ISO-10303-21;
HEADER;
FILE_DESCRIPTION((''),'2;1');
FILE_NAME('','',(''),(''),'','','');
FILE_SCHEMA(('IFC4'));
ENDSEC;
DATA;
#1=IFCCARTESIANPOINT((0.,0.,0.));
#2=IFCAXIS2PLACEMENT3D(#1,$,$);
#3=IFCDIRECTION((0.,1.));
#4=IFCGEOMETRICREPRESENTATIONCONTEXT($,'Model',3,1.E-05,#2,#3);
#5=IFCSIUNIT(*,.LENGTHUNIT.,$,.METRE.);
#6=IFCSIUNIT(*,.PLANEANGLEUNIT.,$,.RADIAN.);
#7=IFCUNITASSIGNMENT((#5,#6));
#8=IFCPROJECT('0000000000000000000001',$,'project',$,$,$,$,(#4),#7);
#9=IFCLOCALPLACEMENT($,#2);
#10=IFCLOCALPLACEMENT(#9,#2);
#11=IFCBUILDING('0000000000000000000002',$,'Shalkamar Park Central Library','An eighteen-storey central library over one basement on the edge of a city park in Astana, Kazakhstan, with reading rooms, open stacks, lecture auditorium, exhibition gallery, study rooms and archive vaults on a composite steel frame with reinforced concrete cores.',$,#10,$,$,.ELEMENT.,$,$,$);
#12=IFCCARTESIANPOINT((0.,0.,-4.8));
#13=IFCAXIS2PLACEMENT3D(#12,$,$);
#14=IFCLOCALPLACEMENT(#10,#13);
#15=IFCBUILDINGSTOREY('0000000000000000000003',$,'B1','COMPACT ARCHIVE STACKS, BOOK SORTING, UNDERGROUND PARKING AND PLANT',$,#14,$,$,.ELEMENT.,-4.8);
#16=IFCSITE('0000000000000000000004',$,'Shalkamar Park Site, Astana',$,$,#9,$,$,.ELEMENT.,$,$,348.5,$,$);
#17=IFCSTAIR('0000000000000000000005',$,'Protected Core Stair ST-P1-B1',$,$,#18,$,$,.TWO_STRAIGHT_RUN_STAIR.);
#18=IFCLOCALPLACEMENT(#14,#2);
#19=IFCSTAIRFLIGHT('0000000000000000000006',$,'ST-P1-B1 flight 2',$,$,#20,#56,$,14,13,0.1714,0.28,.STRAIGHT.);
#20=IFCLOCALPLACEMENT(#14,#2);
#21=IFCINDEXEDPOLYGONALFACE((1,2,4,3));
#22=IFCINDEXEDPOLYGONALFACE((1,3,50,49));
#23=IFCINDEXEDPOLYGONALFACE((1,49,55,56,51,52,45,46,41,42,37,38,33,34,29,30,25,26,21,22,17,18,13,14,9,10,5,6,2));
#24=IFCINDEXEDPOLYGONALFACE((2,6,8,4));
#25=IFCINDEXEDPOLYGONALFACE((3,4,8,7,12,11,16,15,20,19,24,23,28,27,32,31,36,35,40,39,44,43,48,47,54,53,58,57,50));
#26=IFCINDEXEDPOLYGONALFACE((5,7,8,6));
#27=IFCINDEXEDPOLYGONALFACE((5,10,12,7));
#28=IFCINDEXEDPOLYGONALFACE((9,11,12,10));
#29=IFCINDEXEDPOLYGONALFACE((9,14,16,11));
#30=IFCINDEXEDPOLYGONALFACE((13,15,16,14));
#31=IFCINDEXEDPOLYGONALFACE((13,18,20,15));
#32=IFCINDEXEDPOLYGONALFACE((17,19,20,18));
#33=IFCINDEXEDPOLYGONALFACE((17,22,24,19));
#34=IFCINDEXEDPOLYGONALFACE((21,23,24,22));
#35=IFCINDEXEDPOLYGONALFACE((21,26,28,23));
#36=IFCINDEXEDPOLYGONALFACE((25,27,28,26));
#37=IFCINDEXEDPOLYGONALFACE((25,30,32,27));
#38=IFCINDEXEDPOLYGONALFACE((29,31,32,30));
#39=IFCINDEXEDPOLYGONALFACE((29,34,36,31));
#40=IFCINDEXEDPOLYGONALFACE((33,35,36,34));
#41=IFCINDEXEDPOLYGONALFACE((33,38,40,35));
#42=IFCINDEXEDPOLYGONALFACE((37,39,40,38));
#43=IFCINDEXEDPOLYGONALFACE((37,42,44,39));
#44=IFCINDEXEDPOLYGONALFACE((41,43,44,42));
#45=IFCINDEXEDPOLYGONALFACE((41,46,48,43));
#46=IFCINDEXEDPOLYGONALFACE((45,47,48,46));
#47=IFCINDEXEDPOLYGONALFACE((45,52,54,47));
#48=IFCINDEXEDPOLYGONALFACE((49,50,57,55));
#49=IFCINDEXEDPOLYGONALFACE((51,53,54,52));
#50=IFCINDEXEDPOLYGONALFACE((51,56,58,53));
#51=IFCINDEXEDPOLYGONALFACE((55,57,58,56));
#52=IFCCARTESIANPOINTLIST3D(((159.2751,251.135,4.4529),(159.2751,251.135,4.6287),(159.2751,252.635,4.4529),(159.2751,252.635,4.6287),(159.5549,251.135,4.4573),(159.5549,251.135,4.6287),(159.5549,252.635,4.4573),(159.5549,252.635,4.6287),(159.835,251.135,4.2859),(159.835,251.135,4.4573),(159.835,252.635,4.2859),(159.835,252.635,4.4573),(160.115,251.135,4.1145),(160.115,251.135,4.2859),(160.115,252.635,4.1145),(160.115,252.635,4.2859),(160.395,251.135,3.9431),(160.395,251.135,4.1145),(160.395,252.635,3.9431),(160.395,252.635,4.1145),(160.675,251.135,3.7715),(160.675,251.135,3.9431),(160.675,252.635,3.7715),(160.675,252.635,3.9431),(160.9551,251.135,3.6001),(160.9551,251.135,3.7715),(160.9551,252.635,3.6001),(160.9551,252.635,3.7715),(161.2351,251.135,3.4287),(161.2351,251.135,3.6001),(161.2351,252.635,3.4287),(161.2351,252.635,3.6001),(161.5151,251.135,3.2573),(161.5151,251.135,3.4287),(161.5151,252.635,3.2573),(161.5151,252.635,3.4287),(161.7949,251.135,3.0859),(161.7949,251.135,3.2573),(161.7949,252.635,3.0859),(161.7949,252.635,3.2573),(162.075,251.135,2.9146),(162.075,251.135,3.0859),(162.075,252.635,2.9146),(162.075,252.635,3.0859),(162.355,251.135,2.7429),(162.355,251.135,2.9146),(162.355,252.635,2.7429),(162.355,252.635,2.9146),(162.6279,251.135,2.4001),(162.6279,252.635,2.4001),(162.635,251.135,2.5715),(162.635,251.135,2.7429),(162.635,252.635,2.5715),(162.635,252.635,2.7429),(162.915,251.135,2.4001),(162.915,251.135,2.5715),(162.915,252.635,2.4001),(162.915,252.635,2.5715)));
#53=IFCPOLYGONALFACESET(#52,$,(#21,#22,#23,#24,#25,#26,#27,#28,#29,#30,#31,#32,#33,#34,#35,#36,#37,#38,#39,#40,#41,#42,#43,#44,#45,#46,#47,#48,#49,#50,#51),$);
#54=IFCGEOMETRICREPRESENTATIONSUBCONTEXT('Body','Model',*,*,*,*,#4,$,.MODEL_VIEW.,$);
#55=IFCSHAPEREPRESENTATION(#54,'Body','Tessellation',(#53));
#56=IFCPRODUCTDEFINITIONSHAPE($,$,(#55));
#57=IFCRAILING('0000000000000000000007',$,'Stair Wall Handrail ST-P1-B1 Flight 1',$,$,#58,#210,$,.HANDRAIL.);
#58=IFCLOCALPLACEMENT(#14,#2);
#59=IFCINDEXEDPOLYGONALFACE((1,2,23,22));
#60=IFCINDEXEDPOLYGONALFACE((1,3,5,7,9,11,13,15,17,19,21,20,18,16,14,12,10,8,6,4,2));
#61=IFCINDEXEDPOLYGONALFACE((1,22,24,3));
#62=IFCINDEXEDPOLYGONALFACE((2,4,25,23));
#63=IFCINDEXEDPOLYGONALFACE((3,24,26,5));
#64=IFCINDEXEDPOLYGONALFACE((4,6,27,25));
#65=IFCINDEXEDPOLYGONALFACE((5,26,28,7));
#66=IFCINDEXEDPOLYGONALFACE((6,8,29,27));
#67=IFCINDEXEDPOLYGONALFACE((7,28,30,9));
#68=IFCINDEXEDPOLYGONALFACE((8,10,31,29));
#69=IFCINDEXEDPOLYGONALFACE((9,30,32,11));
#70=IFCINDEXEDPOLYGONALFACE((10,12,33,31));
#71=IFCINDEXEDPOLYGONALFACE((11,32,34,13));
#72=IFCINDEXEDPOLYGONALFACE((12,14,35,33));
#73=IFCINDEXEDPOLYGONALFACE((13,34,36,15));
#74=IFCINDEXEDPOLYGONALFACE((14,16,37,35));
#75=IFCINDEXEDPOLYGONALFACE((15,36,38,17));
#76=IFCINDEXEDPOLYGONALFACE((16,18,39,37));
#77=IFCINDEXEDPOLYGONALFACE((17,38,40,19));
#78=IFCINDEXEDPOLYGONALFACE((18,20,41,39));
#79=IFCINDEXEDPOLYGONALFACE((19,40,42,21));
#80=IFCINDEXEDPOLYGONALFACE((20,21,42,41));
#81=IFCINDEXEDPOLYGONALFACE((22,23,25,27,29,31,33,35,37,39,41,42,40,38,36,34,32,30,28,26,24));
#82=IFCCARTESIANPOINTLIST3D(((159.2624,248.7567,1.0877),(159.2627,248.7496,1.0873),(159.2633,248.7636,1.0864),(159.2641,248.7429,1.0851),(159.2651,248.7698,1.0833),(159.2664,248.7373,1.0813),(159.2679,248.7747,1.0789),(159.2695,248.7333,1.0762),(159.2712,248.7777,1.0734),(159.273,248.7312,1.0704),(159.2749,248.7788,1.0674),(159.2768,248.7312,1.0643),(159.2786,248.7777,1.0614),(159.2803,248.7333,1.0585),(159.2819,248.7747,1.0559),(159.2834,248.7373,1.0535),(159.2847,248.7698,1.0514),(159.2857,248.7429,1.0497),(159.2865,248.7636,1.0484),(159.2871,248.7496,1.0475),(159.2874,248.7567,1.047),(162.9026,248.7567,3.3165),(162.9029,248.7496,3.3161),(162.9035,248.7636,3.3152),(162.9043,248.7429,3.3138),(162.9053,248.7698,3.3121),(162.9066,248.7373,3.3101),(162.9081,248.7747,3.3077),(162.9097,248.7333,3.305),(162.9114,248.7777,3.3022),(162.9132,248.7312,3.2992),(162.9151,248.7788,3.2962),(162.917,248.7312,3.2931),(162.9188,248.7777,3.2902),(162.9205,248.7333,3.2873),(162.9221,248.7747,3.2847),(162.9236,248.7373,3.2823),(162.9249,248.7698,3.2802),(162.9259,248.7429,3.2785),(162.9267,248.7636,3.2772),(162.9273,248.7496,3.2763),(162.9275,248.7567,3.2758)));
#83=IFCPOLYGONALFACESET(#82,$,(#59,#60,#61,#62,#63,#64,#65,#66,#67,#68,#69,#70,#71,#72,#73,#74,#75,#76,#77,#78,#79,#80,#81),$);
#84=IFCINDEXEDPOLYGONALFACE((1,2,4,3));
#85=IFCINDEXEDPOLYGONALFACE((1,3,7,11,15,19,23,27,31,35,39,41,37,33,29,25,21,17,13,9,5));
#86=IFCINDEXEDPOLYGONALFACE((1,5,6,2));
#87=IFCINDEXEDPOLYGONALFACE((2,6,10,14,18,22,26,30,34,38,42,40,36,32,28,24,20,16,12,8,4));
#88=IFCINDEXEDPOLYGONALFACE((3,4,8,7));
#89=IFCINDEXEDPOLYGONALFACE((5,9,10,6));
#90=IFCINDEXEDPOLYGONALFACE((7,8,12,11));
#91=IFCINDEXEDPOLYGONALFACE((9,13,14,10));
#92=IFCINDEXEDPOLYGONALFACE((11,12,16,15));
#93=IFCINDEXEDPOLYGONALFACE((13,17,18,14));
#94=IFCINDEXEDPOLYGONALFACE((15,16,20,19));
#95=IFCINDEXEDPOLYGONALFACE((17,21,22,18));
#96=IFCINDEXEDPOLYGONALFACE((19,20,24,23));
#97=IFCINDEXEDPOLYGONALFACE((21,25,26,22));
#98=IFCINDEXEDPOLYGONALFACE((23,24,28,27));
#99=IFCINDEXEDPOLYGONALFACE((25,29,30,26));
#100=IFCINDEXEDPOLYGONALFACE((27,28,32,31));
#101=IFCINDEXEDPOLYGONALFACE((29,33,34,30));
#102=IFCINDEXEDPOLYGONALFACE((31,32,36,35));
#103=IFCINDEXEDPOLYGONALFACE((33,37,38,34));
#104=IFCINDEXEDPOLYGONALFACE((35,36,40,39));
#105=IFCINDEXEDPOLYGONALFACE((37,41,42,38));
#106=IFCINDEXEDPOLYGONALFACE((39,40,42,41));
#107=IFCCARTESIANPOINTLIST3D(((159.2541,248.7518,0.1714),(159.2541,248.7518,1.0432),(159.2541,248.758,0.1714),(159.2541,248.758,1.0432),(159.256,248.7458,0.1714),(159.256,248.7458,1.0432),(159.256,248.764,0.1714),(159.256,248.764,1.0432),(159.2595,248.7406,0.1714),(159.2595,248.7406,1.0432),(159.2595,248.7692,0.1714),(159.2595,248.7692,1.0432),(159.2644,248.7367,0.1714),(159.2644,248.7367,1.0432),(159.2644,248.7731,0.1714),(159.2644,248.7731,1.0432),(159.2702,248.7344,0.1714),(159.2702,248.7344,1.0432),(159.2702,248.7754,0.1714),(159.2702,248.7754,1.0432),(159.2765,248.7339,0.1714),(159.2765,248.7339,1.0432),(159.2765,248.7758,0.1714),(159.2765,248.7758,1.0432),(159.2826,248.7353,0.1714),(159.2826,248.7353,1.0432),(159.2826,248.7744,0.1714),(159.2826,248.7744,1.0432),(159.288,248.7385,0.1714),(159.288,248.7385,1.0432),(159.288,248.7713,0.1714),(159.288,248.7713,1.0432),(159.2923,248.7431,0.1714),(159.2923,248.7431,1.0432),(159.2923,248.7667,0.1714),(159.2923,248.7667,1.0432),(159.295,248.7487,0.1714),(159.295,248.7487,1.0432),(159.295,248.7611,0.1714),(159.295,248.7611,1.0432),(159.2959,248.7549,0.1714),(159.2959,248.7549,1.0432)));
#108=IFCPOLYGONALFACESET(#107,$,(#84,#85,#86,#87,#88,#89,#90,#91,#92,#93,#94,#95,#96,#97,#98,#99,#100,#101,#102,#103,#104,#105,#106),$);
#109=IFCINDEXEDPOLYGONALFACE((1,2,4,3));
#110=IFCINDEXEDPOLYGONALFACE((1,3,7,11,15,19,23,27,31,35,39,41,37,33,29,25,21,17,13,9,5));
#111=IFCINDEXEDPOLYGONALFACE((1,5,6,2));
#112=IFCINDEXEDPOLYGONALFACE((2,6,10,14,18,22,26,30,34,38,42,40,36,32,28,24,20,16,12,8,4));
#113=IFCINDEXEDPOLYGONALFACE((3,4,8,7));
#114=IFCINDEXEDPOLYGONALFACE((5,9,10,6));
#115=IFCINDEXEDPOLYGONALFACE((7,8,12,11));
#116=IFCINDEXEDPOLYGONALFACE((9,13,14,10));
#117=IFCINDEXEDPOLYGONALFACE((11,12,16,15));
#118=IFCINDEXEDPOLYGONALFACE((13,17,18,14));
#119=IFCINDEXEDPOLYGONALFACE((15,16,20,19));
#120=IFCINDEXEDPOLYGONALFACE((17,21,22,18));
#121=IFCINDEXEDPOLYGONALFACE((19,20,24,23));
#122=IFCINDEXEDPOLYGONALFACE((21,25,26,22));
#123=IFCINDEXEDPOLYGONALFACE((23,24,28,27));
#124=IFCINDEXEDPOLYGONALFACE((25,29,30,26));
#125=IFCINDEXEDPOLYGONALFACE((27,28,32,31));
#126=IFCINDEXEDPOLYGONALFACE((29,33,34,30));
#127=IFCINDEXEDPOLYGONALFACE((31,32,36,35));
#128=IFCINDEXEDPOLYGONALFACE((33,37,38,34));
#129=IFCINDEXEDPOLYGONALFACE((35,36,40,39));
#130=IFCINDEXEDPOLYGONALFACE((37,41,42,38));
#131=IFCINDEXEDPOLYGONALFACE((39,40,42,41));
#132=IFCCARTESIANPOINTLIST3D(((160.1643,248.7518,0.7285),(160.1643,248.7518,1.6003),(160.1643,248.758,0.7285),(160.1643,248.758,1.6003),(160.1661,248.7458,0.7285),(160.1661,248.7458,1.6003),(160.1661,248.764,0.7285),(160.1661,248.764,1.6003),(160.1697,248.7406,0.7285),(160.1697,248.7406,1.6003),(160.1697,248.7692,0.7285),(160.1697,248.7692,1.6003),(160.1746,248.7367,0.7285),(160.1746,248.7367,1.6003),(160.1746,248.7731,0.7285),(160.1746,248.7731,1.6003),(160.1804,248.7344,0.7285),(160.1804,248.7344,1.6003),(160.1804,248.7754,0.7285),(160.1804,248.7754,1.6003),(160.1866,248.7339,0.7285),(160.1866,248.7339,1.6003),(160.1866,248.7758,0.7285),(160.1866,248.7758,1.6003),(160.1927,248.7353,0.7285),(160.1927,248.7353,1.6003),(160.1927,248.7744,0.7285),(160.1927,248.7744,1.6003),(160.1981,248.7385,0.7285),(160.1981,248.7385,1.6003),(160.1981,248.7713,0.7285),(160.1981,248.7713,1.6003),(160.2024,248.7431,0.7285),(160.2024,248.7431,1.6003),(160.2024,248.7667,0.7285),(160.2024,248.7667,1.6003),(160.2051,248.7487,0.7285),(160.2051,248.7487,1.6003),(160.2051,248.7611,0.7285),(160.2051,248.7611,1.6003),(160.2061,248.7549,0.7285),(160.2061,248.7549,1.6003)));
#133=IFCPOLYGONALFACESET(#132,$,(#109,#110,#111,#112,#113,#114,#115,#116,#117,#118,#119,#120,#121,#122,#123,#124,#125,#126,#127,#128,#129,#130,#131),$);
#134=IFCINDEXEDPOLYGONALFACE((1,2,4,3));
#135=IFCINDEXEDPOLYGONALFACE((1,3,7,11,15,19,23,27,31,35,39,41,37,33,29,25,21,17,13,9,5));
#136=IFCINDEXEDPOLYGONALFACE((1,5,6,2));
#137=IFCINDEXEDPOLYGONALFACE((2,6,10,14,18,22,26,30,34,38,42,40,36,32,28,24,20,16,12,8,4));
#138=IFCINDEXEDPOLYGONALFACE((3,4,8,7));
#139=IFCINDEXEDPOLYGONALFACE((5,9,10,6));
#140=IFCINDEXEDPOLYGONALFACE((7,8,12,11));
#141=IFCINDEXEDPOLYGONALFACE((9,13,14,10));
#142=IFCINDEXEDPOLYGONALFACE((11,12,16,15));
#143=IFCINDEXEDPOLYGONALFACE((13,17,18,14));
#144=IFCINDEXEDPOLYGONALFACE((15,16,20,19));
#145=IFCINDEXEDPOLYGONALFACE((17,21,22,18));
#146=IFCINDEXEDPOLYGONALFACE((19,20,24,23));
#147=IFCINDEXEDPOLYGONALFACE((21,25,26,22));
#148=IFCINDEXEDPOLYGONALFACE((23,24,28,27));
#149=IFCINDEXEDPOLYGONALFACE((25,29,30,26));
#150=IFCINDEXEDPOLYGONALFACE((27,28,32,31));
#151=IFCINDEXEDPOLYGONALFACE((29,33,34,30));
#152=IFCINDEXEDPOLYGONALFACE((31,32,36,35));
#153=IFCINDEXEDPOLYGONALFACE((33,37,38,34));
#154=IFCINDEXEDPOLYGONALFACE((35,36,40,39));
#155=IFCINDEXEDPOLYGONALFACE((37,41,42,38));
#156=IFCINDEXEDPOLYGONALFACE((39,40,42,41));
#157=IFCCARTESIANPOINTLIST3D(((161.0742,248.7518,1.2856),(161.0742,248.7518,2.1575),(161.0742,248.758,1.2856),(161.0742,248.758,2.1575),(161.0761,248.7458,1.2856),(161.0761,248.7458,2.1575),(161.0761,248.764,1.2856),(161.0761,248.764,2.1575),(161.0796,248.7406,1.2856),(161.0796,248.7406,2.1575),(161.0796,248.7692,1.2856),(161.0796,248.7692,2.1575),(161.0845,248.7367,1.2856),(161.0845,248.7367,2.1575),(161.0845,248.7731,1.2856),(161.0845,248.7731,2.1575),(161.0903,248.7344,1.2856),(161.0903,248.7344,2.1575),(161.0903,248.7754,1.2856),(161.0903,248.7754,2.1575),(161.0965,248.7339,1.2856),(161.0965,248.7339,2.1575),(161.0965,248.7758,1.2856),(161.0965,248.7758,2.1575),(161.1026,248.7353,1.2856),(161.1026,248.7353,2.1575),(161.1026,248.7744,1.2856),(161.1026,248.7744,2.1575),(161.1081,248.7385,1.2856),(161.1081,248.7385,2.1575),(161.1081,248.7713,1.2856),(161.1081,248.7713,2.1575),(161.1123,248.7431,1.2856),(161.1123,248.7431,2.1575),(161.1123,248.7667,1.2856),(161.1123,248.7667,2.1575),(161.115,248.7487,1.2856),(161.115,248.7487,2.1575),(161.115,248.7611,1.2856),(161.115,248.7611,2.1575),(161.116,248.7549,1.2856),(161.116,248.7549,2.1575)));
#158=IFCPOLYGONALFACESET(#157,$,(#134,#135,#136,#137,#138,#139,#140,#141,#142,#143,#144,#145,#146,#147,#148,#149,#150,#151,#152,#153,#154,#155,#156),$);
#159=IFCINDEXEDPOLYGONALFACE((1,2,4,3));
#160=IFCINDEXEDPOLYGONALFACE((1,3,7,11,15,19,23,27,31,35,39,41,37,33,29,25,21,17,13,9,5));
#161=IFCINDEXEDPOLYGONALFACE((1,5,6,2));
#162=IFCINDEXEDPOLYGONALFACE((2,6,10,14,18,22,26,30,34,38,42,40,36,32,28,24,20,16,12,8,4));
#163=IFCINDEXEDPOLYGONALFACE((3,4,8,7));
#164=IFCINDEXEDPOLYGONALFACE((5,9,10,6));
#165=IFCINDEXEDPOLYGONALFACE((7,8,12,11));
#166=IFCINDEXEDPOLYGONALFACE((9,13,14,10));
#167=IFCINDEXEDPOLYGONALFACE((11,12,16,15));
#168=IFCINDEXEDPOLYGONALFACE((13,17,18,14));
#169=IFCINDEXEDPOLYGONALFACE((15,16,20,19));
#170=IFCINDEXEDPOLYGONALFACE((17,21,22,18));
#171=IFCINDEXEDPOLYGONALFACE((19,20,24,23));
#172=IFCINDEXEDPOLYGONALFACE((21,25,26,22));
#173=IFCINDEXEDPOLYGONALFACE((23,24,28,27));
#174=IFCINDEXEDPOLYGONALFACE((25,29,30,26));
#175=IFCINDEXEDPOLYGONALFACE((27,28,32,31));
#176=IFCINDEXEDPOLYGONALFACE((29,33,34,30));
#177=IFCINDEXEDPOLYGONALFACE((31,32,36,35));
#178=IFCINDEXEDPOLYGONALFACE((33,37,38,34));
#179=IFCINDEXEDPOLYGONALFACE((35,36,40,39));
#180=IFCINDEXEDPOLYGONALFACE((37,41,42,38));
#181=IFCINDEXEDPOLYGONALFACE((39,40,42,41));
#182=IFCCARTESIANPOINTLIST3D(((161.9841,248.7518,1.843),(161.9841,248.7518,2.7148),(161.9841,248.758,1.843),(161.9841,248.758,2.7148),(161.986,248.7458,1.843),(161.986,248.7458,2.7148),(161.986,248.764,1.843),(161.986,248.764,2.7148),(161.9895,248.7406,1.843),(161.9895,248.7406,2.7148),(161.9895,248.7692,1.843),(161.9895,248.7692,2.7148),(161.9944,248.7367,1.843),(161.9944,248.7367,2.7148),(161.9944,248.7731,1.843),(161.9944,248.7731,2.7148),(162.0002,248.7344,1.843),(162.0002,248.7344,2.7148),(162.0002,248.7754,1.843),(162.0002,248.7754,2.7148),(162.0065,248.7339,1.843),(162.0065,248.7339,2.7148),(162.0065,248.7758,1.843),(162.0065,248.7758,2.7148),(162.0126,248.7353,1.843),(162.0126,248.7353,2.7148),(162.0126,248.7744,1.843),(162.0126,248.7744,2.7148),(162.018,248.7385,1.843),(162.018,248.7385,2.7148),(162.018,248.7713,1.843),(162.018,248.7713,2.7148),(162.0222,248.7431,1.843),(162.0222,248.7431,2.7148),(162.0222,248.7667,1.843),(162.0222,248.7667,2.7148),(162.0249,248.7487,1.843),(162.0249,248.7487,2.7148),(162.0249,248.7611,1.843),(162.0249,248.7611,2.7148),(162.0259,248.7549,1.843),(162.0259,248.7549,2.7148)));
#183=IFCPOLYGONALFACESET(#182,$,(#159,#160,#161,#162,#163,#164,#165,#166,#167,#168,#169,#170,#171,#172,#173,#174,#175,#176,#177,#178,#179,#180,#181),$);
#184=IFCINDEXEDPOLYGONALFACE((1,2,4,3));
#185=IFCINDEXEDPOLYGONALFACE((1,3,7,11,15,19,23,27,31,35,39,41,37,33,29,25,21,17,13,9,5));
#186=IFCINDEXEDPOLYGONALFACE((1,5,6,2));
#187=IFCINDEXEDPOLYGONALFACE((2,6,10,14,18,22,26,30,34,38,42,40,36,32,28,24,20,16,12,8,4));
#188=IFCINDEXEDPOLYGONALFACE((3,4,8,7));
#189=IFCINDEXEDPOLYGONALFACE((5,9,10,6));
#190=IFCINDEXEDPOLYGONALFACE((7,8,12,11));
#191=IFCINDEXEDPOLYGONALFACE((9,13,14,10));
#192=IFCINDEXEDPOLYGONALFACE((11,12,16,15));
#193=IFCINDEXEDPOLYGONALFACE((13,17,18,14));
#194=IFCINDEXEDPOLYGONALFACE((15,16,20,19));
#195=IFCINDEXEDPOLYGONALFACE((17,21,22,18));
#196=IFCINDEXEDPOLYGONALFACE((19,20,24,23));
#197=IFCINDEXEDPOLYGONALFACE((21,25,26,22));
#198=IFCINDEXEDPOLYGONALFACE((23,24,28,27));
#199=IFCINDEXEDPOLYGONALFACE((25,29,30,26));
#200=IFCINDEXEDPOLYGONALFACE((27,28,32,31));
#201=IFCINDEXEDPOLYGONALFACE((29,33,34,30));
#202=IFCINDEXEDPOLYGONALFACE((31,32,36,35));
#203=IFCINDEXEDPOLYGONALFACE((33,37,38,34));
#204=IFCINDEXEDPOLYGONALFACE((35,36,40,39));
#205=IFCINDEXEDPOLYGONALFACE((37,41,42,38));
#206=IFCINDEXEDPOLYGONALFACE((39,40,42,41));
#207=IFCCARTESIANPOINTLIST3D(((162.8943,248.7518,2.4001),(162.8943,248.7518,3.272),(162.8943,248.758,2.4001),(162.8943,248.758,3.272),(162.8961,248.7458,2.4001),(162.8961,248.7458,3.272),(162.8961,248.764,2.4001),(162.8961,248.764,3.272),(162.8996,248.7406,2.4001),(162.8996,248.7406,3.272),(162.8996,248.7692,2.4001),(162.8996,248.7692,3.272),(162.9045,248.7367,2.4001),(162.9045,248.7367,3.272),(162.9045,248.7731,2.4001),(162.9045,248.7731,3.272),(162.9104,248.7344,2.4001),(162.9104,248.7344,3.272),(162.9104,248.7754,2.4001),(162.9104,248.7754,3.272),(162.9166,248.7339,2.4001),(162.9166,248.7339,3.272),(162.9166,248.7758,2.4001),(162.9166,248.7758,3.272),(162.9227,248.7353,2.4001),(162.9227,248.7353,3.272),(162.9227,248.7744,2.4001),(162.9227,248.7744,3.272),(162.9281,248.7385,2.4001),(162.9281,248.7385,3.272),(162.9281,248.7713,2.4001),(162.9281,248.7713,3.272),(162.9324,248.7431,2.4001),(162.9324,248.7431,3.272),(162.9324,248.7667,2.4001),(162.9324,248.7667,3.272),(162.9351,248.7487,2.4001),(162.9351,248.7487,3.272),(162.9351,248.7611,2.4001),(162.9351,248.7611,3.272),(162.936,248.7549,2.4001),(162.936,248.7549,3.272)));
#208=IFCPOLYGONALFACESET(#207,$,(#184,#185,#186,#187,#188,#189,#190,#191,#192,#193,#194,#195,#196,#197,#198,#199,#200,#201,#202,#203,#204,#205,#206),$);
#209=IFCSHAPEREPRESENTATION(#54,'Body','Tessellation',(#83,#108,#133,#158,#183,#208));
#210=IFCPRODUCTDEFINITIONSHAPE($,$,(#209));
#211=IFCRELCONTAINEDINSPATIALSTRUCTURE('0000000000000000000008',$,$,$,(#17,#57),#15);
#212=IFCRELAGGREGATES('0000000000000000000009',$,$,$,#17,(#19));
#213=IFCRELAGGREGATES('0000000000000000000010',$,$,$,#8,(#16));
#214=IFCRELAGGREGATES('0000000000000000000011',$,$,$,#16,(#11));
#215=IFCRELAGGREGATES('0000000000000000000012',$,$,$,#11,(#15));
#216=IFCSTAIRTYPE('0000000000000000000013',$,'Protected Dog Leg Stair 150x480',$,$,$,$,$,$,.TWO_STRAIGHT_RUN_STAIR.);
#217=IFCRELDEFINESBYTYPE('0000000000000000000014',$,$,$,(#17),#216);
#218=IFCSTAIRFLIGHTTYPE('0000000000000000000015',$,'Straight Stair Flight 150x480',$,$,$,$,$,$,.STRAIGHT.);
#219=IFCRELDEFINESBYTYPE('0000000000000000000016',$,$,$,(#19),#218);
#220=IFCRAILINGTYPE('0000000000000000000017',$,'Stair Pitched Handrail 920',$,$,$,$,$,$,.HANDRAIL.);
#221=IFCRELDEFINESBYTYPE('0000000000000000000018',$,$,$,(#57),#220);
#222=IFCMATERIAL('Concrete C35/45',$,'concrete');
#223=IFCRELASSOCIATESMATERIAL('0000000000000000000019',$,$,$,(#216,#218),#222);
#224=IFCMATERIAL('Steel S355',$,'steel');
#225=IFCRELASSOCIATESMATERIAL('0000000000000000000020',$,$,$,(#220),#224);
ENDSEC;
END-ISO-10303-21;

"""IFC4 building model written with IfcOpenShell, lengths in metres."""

from ifc_helpers import new_model, si_unit, direction, frame, origin, origin_2d, place, context, subcontext, project, spatial, polyline, circle, outline, extrude, material, type_object, element, aggregate, save


model = new_model("IFC4")

# Units and contexts
model_context = context("Model", 3, precision=1e-05, world=origin(), true_north=direction((0.0, 1.0)))
body_context = subcontext(model_context, "Body", "Model", "MODEL_VIEW")
ifc_project = project(units=[si_unit("LENGTHUNIT", "METRE"), si_unit("PLANEANGLEUNIT", "RADIAN")], contexts=[model_context])

# Site, building, storey
site_placement = place(None, origin())
site = spatial("IfcSite", under=ifc_project, at=site_placement, Name="Shalkamar Park Site, Astana", CompositionType="ELEMENT", RefElevation=348.5)
building_placement = place(site_placement, origin())
building = spatial("IfcBuilding", under=site, at=building_placement, Name="Shalkamar Park Central Library", Description="An eighteen-storey central library over one basement on the edge of a city park in Astana, Kazakhstan, with reading rooms, open stacks, lecture auditorium, exhibition gallery, study rooms and archive vaults on a composite steel frame with reinforced concrete cores.", CompositionType="ELEMENT")
storey_placement = place(building_placement, frame((0.0, 0.0, -4.8)))
storey = spatial("IfcBuildingStorey", under=building, at=storey_placement, Name="B1", Description="COMPACT ARCHIVE STACKS, BOOK SORTING, UNDERGROUND PARKING AND PLANT", CompositionType="ELEMENT", Elevation=-4.8)

# Shared definitions
ifc_material_1 = material(Name="Concrete C35/45", Category="concrete")

# Shared definitions
ifc_material_2 = material(Name="Steel S355", Category="steel")

# Stair, stair flight
stair_type = type_object("IfcStairType", Name="Protected Dog Leg Stair 150x480", PredefinedType="TWO_STRAIGHT_RUN_STAIR", material=ifc_material_1)
stair_placement = place(storey_placement, origin())
stair = element("IfcStair", 1, at=stair_placement, inside=storey, type_object=stair_type, Name="Protected Core Stair ST-P1-B1", PredefinedType="TWO_STRAIGHT_RUN_STAIR")
stair_flight_type = type_object("IfcStairFlightType", Name="Straight Stair Flight 150x480", PredefinedType="STRAIGHT", material=ifc_material_1)
stair_flight_1_placement = place(storey_placement, frame((162.915, 251.885, 2.4001), z_axis=(0.0, 0.0, 1.0), x_axis=(-1.0, 0.0, 0.0)))
stair_flight_1 = element("IfcStairFlight", 2, at=stair_flight_1_placement, type_object=stair_flight_type, Name="ST-P1-B1 flight 2", NumberOfRisers=14, NumberOfTreads=13, PredefinedType="STRAIGHT", RiserHeight=0.1714, TreadLength=0.28, context=body_context, shape_type="SweptSolid", body=[
    extrude(outline(polyline([(0.0, 0.0), (0.0, 0.1714), (0.28, 0.1714), (0.28, 0.3428), (0.5601, 0.3428), (0.5601, 0.5144), (0.8401, 0.5144), (0.8401, 0.6858), (1.1201, 0.6858), (1.1201, 0.8572), (1.3999, 0.8572), (1.3999, 1.0286), (1.6799, 1.0286), (1.6799, 1.2), (1.96, 1.2), (1.96, 1.3713), (2.24, 1.3713), (2.24, 1.543), (2.52, 1.543), (2.52, 1.7144), (2.8, 1.7144), (2.8, 1.8857), (3.0801, 1.8857), (3.0801, 2.0571), (3.3601, 2.0571), (3.3601, 2.2285), (3.6399, 2.2285), (3.6399, 2.3999), (3.6399, 2.0527), (0.2871, 0.0), (0.0, 0.0)])), frame((0.0, 0.75, 0.0), z_axis=(0.0, -1.0, 0.0), x_axis=(1.0, 0.0, 0.0)), (0.0, 0.0, 1.0), 1.5),
])
aggregate(stair, [stair_flight_1])

# Railing
railing_type_1 = type_object("IfcRailingType", Name="Stair Pitched Handrail 920", PredefinedType="HANDRAIL", material=ifc_material_2)
railing_1_placement = place(storey_placement, frame((159.2749, 248.7549, 0.1714)))
element("IfcRailing", 3, at=railing_1_placement, inside=storey, type_object=railing_type_1, Name="Stair Wall Handrail ST-P1-B1 Flight 1", PredefinedType="HANDRAIL", context=body_context, shape_type="SweptSolid", body=[
    extrude(circle(Radius=0.0239, at=origin_2d()), frame((0.0, 0.0, 0.896), z_axis=(0.85284, 0.0, 0.522172), x_axis=(0.0, 1.0, 0.0)), (0.0, 0.0, 1.0), 4.2683),
    extrude(circle(Radius=0.021, at=origin_2d()), origin(), (0.0, 0.0, 1.0), 0.8718),
    extrude(circle(Radius=0.021, at=origin_2d()), frame((0.9102, 0.0, 0.5571)), (0.0, 0.0, 1.0), 0.8718),
    extrude(circle(Radius=0.021, at=origin_2d()), frame((1.8201, 0.0, 1.1143)), (0.0, 0.0, 1.0), 0.8718),
    extrude(circle(Radius=0.021, at=origin_2d()), frame((2.73, 0.0, 1.6716)), (0.0, 0.0, 1.0), 0.8718),
    extrude(circle(Radius=0.021, at=origin_2d()), frame((3.6401, 0.0, 2.2288)), (0.0, 0.0, 1.0), 0.8718),
])

save(model, "model.ifc")
